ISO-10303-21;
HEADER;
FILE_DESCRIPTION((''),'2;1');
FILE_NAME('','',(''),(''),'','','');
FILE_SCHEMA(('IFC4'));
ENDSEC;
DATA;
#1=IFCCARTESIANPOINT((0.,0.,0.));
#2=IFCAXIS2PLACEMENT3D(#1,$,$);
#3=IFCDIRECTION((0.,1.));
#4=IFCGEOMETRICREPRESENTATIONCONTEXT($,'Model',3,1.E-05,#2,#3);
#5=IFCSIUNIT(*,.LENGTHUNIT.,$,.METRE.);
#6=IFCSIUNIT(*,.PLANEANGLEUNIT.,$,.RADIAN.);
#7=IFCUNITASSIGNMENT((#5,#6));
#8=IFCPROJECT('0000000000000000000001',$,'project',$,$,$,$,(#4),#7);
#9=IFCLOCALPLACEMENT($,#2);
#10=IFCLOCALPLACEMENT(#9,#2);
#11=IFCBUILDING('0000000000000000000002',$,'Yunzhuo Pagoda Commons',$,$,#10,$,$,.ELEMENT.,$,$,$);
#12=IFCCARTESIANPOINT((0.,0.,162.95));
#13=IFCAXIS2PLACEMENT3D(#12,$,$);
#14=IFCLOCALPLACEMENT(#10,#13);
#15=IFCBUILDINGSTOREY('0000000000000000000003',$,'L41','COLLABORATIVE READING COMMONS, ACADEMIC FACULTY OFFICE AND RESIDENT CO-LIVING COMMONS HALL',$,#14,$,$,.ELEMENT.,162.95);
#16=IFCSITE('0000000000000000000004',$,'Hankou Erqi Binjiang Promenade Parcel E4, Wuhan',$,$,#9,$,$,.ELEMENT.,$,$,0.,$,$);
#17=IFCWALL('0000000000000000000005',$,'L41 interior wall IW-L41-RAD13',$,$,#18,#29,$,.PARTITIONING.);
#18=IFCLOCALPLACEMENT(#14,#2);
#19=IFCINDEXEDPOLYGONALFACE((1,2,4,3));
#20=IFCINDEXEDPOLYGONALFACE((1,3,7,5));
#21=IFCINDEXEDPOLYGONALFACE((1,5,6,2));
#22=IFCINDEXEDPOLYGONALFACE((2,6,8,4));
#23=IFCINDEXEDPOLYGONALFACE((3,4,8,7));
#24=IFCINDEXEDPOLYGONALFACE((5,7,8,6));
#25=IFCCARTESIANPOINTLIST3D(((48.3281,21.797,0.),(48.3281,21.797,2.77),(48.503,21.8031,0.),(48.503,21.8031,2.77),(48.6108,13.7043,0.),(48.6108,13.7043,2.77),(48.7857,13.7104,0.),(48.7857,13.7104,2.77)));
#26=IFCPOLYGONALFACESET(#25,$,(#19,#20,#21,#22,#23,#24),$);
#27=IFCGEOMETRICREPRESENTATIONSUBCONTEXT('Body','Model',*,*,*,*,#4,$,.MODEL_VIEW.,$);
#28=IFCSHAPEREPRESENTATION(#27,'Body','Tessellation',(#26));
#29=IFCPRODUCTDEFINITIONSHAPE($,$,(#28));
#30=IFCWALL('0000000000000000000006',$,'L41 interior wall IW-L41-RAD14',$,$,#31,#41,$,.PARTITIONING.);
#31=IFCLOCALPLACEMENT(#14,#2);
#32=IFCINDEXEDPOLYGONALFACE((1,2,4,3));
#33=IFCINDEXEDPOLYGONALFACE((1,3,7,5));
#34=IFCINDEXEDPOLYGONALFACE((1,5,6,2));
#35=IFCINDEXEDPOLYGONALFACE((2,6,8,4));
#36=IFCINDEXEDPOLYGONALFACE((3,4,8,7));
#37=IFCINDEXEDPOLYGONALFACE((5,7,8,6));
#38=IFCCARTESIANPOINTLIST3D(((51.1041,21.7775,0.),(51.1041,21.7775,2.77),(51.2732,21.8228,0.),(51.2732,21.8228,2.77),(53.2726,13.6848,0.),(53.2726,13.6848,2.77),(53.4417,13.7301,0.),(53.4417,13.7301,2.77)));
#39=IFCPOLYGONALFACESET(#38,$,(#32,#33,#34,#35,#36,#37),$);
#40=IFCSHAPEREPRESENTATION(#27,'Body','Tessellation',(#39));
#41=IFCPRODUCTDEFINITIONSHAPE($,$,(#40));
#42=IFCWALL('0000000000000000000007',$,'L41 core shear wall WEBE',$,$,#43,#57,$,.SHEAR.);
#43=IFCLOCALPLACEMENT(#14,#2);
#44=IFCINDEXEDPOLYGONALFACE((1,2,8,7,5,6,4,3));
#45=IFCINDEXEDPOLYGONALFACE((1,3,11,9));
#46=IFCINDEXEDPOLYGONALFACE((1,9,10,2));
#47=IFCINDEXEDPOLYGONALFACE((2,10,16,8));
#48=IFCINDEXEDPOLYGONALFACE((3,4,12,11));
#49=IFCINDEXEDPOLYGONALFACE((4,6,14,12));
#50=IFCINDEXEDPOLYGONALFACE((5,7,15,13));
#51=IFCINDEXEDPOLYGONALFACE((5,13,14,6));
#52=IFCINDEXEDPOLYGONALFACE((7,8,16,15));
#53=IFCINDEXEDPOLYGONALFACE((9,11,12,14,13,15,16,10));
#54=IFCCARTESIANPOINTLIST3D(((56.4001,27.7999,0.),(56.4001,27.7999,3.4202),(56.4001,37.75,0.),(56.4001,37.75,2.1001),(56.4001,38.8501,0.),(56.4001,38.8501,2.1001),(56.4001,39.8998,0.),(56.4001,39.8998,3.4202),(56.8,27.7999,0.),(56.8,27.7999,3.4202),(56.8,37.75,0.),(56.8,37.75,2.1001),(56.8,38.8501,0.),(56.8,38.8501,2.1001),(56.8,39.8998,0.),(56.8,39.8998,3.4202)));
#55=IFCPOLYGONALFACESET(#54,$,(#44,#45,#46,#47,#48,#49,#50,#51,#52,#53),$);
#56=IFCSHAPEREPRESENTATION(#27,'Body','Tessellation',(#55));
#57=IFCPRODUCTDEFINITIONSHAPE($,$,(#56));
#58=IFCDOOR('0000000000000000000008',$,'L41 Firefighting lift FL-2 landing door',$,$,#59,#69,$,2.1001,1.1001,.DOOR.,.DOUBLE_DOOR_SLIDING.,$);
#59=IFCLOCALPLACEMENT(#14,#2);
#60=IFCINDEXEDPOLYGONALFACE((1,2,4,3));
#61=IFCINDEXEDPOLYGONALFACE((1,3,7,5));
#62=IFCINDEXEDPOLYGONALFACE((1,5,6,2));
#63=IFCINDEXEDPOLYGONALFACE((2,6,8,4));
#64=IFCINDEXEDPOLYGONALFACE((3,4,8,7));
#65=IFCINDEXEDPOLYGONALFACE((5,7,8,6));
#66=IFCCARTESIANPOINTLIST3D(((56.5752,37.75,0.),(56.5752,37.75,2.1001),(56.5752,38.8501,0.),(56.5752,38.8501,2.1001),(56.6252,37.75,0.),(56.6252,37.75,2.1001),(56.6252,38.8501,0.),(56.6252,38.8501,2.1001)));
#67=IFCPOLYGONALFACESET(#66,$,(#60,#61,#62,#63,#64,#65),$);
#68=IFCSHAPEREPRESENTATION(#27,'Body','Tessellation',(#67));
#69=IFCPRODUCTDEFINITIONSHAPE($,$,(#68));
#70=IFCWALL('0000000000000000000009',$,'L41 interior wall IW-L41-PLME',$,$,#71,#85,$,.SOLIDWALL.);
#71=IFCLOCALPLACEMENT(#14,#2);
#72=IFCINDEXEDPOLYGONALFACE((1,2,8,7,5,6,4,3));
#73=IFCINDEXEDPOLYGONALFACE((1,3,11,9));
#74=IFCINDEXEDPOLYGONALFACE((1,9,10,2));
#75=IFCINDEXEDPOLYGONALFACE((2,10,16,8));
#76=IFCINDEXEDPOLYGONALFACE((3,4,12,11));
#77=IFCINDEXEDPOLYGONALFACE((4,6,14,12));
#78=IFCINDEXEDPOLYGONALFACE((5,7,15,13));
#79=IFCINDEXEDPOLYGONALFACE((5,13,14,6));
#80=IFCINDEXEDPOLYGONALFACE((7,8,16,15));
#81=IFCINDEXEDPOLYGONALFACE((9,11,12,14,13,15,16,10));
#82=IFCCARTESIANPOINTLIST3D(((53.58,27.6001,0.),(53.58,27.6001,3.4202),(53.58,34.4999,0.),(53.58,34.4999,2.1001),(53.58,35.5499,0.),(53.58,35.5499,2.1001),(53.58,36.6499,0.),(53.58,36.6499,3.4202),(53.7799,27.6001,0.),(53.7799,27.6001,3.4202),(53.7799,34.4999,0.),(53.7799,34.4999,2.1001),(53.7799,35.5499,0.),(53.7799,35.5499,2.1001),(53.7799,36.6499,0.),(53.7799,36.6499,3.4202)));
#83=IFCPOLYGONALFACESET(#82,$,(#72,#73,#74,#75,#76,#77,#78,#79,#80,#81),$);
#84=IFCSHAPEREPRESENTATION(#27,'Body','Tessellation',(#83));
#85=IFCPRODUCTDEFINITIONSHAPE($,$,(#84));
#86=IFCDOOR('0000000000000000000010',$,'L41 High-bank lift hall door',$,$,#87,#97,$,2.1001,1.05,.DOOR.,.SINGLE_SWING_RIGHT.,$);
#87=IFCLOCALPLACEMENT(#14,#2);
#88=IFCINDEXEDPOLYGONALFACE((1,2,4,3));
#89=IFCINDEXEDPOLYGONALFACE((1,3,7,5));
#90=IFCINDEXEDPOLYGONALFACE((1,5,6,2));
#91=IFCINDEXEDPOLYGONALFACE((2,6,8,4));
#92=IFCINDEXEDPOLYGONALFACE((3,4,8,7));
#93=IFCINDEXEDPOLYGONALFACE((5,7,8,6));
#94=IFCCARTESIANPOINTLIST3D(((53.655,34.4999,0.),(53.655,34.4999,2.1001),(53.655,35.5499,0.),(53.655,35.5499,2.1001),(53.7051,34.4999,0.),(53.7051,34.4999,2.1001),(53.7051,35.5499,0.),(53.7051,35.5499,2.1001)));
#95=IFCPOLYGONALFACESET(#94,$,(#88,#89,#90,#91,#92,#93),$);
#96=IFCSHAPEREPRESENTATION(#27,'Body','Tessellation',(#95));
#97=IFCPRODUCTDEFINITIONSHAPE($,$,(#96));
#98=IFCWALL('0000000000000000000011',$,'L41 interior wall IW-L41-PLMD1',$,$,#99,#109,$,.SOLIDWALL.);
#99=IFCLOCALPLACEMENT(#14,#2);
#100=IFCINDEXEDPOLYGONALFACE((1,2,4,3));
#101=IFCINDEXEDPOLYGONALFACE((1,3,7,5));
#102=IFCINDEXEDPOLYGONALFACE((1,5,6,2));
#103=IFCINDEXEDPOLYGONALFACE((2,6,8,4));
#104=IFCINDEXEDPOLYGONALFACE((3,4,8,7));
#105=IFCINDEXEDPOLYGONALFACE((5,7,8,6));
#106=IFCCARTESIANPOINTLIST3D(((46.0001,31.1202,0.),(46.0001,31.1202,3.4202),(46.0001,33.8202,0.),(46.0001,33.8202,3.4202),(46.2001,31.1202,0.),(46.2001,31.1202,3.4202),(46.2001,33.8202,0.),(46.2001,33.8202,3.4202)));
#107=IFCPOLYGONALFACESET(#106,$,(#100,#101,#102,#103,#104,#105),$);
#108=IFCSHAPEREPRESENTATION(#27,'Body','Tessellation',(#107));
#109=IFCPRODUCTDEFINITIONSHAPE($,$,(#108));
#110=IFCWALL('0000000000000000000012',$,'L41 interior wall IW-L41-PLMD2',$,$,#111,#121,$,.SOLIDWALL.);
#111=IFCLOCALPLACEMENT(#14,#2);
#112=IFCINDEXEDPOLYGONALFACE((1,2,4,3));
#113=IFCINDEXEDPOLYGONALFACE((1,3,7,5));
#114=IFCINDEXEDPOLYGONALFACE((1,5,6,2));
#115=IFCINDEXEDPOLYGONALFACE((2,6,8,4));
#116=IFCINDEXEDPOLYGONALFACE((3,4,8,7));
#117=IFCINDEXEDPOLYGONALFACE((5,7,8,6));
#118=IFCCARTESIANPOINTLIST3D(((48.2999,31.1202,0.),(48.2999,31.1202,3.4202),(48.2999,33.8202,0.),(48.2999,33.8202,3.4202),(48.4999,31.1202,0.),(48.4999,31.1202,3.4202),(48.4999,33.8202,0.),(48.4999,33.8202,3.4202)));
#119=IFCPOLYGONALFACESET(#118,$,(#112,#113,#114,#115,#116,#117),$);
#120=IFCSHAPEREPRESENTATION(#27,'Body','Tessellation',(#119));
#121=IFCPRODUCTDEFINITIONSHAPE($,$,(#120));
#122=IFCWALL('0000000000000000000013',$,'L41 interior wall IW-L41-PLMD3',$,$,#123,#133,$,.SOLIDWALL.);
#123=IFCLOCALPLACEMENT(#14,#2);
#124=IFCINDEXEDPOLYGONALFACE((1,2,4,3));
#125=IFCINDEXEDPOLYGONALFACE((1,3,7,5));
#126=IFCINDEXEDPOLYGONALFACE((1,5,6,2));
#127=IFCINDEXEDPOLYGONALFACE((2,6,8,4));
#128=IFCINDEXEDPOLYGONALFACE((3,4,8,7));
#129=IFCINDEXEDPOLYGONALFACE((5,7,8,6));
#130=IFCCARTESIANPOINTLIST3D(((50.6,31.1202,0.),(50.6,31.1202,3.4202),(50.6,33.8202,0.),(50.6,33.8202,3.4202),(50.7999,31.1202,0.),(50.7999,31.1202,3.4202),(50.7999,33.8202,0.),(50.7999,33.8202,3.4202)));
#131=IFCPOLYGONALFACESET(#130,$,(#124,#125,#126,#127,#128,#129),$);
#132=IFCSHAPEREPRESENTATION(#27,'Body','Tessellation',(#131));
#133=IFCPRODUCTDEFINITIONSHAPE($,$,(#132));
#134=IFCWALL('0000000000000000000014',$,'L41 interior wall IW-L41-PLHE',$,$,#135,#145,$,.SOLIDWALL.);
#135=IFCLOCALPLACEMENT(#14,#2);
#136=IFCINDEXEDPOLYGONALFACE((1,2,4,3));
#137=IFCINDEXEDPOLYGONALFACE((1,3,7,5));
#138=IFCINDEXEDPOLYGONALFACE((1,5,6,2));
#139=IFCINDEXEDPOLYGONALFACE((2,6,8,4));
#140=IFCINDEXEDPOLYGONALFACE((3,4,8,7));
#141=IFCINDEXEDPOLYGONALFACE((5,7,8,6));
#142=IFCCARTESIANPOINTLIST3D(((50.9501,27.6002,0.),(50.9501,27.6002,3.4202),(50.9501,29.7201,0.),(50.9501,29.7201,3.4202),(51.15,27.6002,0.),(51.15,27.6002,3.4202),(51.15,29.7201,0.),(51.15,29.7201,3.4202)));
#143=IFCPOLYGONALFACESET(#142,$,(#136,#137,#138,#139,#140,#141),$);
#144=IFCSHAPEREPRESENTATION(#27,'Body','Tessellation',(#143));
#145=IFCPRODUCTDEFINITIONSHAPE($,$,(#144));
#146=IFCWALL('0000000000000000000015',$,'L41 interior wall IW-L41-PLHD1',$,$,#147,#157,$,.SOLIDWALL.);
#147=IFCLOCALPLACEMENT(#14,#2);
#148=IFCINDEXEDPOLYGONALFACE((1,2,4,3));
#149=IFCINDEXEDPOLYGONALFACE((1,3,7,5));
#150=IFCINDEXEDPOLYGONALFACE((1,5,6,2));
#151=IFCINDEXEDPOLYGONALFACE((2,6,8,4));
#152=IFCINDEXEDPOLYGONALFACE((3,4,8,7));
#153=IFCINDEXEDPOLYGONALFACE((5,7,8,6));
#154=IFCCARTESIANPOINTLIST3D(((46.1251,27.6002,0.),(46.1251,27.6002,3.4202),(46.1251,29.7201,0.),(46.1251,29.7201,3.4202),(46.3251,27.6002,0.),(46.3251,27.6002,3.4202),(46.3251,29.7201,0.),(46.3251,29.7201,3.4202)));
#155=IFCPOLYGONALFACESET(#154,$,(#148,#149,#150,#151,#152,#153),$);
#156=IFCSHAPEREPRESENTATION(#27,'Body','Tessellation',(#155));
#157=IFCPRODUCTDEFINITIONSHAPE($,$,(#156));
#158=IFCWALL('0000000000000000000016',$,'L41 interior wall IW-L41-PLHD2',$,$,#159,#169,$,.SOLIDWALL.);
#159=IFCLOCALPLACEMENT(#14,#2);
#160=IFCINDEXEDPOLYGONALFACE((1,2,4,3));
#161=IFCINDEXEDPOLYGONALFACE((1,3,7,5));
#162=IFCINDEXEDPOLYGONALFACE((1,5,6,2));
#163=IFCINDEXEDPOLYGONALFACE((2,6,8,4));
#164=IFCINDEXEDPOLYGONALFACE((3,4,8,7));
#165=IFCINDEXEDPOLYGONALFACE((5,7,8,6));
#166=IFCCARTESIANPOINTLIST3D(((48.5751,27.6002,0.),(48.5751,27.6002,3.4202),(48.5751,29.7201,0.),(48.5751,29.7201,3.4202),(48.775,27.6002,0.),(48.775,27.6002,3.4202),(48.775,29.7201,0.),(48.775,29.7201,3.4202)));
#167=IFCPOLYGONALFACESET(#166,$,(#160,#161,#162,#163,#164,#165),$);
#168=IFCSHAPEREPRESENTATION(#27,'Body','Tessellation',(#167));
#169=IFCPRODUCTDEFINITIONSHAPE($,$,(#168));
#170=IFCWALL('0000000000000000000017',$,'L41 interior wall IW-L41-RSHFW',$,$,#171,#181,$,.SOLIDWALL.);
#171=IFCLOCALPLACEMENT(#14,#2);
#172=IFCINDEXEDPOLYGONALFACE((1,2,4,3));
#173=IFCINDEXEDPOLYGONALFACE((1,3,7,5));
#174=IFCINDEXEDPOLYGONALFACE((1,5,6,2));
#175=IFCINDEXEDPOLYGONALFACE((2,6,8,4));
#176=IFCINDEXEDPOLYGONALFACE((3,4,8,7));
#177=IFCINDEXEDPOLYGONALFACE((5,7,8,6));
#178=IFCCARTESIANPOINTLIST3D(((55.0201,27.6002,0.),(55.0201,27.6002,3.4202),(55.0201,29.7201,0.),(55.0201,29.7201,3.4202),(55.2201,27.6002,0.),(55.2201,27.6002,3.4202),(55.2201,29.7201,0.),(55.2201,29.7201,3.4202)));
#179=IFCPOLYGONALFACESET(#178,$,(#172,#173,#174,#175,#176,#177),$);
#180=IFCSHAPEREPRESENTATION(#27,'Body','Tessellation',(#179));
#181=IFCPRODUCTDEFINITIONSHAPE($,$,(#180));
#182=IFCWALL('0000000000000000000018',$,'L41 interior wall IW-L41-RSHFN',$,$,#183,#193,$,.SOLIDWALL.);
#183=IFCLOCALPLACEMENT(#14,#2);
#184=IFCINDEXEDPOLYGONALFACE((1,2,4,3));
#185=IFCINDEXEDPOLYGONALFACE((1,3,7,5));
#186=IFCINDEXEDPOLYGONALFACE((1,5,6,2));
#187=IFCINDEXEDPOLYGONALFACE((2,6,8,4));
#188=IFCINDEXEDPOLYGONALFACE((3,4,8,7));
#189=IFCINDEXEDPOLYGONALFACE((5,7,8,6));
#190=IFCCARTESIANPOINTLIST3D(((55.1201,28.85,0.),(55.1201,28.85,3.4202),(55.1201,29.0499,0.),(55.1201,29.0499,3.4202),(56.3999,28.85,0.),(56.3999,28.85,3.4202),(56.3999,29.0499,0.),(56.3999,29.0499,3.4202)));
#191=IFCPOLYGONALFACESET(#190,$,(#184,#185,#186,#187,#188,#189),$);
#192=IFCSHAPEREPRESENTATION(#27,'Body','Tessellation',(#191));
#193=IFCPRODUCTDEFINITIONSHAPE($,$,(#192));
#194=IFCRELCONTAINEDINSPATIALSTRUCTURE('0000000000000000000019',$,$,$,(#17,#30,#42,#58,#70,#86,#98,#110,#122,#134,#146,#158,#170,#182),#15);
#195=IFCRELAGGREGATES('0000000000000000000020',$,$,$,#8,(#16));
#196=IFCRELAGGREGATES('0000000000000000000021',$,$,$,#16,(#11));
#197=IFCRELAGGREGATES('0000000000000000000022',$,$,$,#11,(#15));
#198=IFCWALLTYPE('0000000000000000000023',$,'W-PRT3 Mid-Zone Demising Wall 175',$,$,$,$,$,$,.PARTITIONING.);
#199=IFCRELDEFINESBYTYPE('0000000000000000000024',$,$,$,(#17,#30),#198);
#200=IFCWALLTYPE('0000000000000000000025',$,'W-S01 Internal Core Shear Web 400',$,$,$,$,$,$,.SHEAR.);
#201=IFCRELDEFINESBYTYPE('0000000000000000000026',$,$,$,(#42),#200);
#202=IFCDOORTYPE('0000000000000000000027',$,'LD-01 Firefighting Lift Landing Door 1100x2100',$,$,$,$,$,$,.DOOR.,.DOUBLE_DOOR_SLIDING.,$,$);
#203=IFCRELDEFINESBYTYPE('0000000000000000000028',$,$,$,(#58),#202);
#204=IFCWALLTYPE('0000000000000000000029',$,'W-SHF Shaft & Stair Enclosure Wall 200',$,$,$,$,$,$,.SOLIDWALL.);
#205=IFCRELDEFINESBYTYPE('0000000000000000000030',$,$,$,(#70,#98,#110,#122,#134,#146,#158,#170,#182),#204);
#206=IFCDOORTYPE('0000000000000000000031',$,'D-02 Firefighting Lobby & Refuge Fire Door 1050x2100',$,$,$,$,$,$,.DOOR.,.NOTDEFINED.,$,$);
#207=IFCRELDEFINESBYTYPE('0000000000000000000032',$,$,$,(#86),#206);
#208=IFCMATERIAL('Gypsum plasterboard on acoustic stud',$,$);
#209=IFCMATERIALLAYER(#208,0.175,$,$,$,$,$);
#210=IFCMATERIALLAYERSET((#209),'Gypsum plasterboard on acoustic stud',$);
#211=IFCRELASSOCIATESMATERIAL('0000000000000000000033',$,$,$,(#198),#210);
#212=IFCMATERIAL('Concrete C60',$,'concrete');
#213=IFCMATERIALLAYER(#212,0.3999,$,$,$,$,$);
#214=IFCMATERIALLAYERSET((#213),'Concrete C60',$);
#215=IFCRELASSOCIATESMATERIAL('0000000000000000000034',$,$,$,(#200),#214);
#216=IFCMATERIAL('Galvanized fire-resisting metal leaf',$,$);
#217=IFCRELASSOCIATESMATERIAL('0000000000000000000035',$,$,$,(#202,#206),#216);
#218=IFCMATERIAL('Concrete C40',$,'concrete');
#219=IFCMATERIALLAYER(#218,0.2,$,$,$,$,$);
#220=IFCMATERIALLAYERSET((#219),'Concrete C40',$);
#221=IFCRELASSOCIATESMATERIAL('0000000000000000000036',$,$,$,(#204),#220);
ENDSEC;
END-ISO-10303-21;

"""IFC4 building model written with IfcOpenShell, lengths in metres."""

from ifc_helpers import new_model, si_unit, direction, frame, frame_2d, origin, origin_with_axes, place, context, subcontext, project, spatial, rectangle, extrude, source, transform, mapped, material, layer, layer_set, type_object, element, fill, save


model = new_model("IFC4")

# Units and contexts
model_context = context("Model", 3, precision=1e-05, world=origin(), true_north=direction((0.0, 1.0)))
body_context = subcontext(model_context, "Body", "Model", "MODEL_VIEW")
ifc_project = project(units=[si_unit("LENGTHUNIT", "METRE"), si_unit("PLANEANGLEUNIT", "RADIAN")], contexts=[model_context])

# Site, building, storey
site_placement = place(None, origin())
site = spatial("IfcSite", under=ifc_project, at=site_placement, Name="Hankou Erqi Binjiang Promenade Parcel E4, Wuhan", CompositionType="ELEMENT", RefElevation=0.0)
building_placement = place(site_placement, origin())
building = spatial("IfcBuilding", under=site, at=building_placement, Name="Yunzhuo Pagoda Commons", CompositionType="ELEMENT")
storey_placement = place(building_placement, frame((0.0, 0.0, 162.95)))
storey = spatial("IfcBuildingStorey", under=building, at=storey_placement, Name="L41", Description="COLLABORATIVE READING COMMONS, ACADEMIC FACULTY OFFICE AND RESIDENT CO-LIVING COMMONS HALL", CompositionType="ELEMENT", Elevation=162.95)

# Shared definitions
ifc_material_1 = material(Name="Gypsum plasterboard on acoustic stud")
ifc_material_2 = material(Name="Galvanized fire-resisting metal leaf")

# Walls
ifc_layer_1 = layer(ifc_material_1, 0.175)
ifc_layer_set_1 = layer_set([ifc_layer_1], Name="Gypsum plasterboard on acoustic stud")
wall_type_1 = type_object("IfcWallType", Name="W-PRT3 Mid-Zone Demising Wall 175", PredefinedType="PARTITIONING", material=ifc_layer_set_1)
wall_1_placement = place(storey_placement, frame((48.4155, 21.8, 0.0), z_axis=(0.0, 0.0, 1.0), x_axis=(0.034913, -0.99939, 0.0)))
element("IfcWall", 1, at=wall_1_placement, inside=storey, type_object=wall_type_1, Name="L41 interior wall IW-L41-RAD13", PredefinedType="PARTITIONING", context=body_context, shape_type="SweptSolid", body=[
    extrude(rectangle(XDim=8.0977, YDim=0.175, at=frame_2d((4.0488, 0.0))), origin(), (0.0, 0.0, 1.0), 2.77),
])
wall_2_placement = place(storey_placement, frame((51.1887, 21.8, 0.0), z_axis=(0.0, 0.0, 1.0), x_axis=(0.25882, -0.965926, 0.0)))
element("IfcWall", 2, at=wall_2_placement, inside=storey, type_object=wall_type_1, Name="L41 interior wall IW-L41-RAD14", PredefinedType="PARTITIONING", context=body_context, shape_type="SweptSolid", body=[
    extrude(rectangle(XDim=8.3782, YDim=0.175, at=frame_2d((4.189, 0.0))), origin(), (0.0, 0.0, 1.0), 2.77),
])

# Walls, openings, doors
ifc_material_3 = material(Name="Concrete C60", Category="concrete")
ifc_layer_2 = layer(ifc_material_3, 0.3999)
ifc_layer_set_2 = layer_set([ifc_layer_2], Name="Concrete C60")
wall_type_2 = type_object("IfcWallType", Name="W-S01 Internal Core Shear Web 400", PredefinedType="SHEAR", material=ifc_layer_set_2)
wall_3_placement = place(storey_placement, frame((56.6001, 27.8, 0.0), z_axis=(0.0, 0.0, 1.0), x_axis=(0.0, 1.0, 0.0)))
wall_3 = element("IfcWall", 3, at=wall_3_placement, inside=storey, type_object=wall_type_2, Name="L41 core shear wall WEBE", PredefinedType="SHEAR", context=body_context, shape_type="SweptSolid", body=[
    extrude(rectangle(XDim=12.0999, YDim=0.3999, at=frame_2d((6.0498, 0.0))), origin(), (0.0, 0.0, 1.0), 3.4202),
])
opening_1_placement = place(wall_3_placement, frame((9.95, 0.0, 0.0)))
opening_1 = element("IfcOpeningElement", 4, at=opening_1_placement, cuts=wall_3, PredefinedType="OPENING", context=body_context, shape_type="SweptSolid", body=[
    extrude(rectangle(XDim=1.1001, YDim=2.1001, at=frame_2d((0.55, 1.05))), frame((0.0, 0.21, 0.0), z_axis=(0.0, -1.0, 0.0), x_axis=(1.0, 0.0, 0.0)), (0.0, 0.0, 1.0), 0.4199),
])
door_type_1 = type_object("IfcDoorType", Name="LD-01 Firefighting Lift Landing Door 1100x2100", OperationType="DOUBLE_DOOR_SLIDING", PredefinedType="DOOR", material=ifc_material_2)
shared_shape_1 = source(origin(), body_context, "Body", "SweptSolid", [
    extrude(rectangle(XDim=1.1001, YDim=2.1001, at=frame_2d((0.55, 1.05))), frame((0.0, 0.0249, 0.0), z_axis=(0.0, -1.0, 0.0), x_axis=(1.0, 0.0, 0.0)), (0.0, 0.0, 1.0), 0.05),
])
door_1_placement = place(opening_1_placement, origin_with_axes())
door_1 = element("IfcDoor", 5, at=door_1_placement, inside=storey, type_object=door_type_1, Name="L41 Firefighting lift FL-2 landing door", OperationType="DOUBLE_DOOR_SLIDING", OverallHeight=2.1001, OverallWidth=1.1001, PredefinedType="DOOR", context=body_context, shape_type="MappedRepresentation", body=[
    mapped(shared_shape_1, transform((0.0, 0.0, 0.0), scale=1.0)),
])
fill(opening_1, door_1)
ifc_material_4 = material(Name="Concrete C40", Category="concrete")
ifc_layer_3 = layer(ifc_material_4, 0.2)
ifc_layer_set_3 = layer_set([ifc_layer_3], Name="Concrete C40")
wall_type_3 = type_object("IfcWallType", Name="W-SHF Shaft & Stair Enclosure Wall 200", PredefinedType="SOLIDWALL", material=ifc_layer_set_3)
wall_4_placement = place(storey_placement, frame((53.6799, 27.6001, 0.0), z_axis=(0.0, 0.0, 1.0), x_axis=(0.0, 1.0, 0.0)))
wall_4 = element("IfcWall", 6, at=wall_4_placement, inside=storey, type_object=wall_type_3, Name="L41 interior wall IW-L41-PLME", PredefinedType="SOLIDWALL", context=body_context, shape_type="SweptSolid", body=[
    extrude(rectangle(XDim=9.0498, YDim=0.2, at=frame_2d((4.5249, 0.0))), origin(), (0.0, 0.0, 1.0), 3.4202),
])
opening_2_placement = place(wall_4_placement, frame((6.8999, 0.0, 0.0)))
opening_2 = element("IfcOpeningElement", 7, at=opening_2_placement, cuts=wall_4, PredefinedType="OPENING", context=body_context, shape_type="SweptSolid", body=[
    extrude(rectangle(XDim=1.05, YDim=2.1001, at=frame_2d((0.5249, 1.05))), frame((0.0, 0.1099, 0.0), z_axis=(0.0, -1.0, 0.0), x_axis=(1.0, 0.0, 0.0)), (0.0, 0.0, 1.0), 0.22),
])
door_type_2 = type_object("IfcDoorType", Name="D-02 Firefighting Lobby & Refuge Fire Door 1050x2100", OperationType="NOTDEFINED", PredefinedType="DOOR", material=ifc_material_2)
shared_shape_2 = source(origin(), body_context, "Body", "SweptSolid", [
    extrude(rectangle(XDim=1.05, YDim=2.1001, at=frame_2d((0.5249, 1.05))), frame((0.0, 0.0249, 0.0), z_axis=(0.0, -1.0, 0.0), x_axis=(1.0, 0.0, 0.0)), (0.0, 0.0, 1.0), 0.05),
])
door_2_placement = place(opening_2_placement, origin_with_axes())
door_2 = element("IfcDoor", 8, at=door_2_placement, inside=storey, type_object=door_type_2, Name="L41 High-bank lift hall door", OperationType="SINGLE_SWING_RIGHT", OverallHeight=2.1001, OverallWidth=1.05, PredefinedType="DOOR", context=body_context, shape_type="MappedRepresentation", body=[
    mapped(shared_shape_2, transform((0.0, 0.0, 0.0), scale=1.0)),
])
fill(opening_2, door_2)

# Walls
for number, where, z_axis, x_axis, name in (
    (9, (46.1001, 31.1201, 0.0), (0.0, 0.0, 1.0), (0.0, 1.0, 0.0), "L41 interior wall IW-L41-PLMD1"),
    (10, (48.3999, 31.1201, 0.0), (0.0, 0.0, 1.0), (0.0, 1.0, 0.0), "L41 interior wall IW-L41-PLMD2"),
    (11, (50.7, 31.1201, 0.0), (0.0, 0.0, 1.0), (0.0, 1.0, 0.0), "L41 interior wall IW-L41-PLMD3"),
):
    element("IfcWall", number, at=place(storey_placement, frame(where, z_axis=z_axis, x_axis=x_axis)), inside=storey, type_object=wall_type_3, Name=name, PredefinedType="SOLIDWALL", context=body_context, shape_type="SweptSolid", body=[
        extrude(rectangle(XDim=2.7, YDim=0.2, at=frame_2d((1.3501, 0.0))), origin(), (0.0, 0.0, 1.0), 3.4202),
    ])
for number, where, z_axis, x_axis, name in (
    (12, (51.05, 27.6001, 0.0), (0.0, 0.0, 1.0), (0.0, 1.0, 0.0), "L41 interior wall IW-L41-PLHE"),
    (13, (46.2251, 27.6001, 0.0), (0.0, 0.0, 1.0), (0.0, 1.0, 0.0), "L41 interior wall IW-L41-PLHD1"),
    (14, (48.675, 27.6001, 0.0), (0.0, 0.0, 1.0), (0.0, 1.0, 0.0), "L41 interior wall IW-L41-PLHD2"),
    (15, (55.1201, 27.6001, 0.0), (0.0, 0.0, 1.0), (0.0, 1.0, 0.0), "L41 interior wall IW-L41-RSHFW"),
):
    element("IfcWall", number, at=place(storey_placement, frame(where, z_axis=z_axis, x_axis=x_axis)), inside=storey, type_object=wall_type_3, Name=name, PredefinedType="SOLIDWALL", context=body_context, shape_type="SweptSolid", body=[
        extrude(rectangle(XDim=2.1199, YDim=0.2, at=frame_2d((1.0601, 0.0))), origin(), (0.0, 0.0, 1.0), 3.4202),
    ])
wall_5_placement = place(storey_placement, frame((55.1201, 28.95, 0.0), z_axis=(0.0, 0.0, 1.0), x_axis=(1.0, 0.0, 0.0)))
element("IfcWall", 16, at=wall_5_placement, inside=storey, type_object=wall_type_3, Name="L41 interior wall IW-L41-RSHFN", PredefinedType="SOLIDWALL", context=body_context, shape_type="SweptSolid", body=[
    extrude(rectangle(XDim=1.2798, YDim=0.2, at=frame_2d((0.6399, 0.0))), origin(), (0.0, 0.0, 1.0), 3.4202),
])

save(model, "model.ifc")
